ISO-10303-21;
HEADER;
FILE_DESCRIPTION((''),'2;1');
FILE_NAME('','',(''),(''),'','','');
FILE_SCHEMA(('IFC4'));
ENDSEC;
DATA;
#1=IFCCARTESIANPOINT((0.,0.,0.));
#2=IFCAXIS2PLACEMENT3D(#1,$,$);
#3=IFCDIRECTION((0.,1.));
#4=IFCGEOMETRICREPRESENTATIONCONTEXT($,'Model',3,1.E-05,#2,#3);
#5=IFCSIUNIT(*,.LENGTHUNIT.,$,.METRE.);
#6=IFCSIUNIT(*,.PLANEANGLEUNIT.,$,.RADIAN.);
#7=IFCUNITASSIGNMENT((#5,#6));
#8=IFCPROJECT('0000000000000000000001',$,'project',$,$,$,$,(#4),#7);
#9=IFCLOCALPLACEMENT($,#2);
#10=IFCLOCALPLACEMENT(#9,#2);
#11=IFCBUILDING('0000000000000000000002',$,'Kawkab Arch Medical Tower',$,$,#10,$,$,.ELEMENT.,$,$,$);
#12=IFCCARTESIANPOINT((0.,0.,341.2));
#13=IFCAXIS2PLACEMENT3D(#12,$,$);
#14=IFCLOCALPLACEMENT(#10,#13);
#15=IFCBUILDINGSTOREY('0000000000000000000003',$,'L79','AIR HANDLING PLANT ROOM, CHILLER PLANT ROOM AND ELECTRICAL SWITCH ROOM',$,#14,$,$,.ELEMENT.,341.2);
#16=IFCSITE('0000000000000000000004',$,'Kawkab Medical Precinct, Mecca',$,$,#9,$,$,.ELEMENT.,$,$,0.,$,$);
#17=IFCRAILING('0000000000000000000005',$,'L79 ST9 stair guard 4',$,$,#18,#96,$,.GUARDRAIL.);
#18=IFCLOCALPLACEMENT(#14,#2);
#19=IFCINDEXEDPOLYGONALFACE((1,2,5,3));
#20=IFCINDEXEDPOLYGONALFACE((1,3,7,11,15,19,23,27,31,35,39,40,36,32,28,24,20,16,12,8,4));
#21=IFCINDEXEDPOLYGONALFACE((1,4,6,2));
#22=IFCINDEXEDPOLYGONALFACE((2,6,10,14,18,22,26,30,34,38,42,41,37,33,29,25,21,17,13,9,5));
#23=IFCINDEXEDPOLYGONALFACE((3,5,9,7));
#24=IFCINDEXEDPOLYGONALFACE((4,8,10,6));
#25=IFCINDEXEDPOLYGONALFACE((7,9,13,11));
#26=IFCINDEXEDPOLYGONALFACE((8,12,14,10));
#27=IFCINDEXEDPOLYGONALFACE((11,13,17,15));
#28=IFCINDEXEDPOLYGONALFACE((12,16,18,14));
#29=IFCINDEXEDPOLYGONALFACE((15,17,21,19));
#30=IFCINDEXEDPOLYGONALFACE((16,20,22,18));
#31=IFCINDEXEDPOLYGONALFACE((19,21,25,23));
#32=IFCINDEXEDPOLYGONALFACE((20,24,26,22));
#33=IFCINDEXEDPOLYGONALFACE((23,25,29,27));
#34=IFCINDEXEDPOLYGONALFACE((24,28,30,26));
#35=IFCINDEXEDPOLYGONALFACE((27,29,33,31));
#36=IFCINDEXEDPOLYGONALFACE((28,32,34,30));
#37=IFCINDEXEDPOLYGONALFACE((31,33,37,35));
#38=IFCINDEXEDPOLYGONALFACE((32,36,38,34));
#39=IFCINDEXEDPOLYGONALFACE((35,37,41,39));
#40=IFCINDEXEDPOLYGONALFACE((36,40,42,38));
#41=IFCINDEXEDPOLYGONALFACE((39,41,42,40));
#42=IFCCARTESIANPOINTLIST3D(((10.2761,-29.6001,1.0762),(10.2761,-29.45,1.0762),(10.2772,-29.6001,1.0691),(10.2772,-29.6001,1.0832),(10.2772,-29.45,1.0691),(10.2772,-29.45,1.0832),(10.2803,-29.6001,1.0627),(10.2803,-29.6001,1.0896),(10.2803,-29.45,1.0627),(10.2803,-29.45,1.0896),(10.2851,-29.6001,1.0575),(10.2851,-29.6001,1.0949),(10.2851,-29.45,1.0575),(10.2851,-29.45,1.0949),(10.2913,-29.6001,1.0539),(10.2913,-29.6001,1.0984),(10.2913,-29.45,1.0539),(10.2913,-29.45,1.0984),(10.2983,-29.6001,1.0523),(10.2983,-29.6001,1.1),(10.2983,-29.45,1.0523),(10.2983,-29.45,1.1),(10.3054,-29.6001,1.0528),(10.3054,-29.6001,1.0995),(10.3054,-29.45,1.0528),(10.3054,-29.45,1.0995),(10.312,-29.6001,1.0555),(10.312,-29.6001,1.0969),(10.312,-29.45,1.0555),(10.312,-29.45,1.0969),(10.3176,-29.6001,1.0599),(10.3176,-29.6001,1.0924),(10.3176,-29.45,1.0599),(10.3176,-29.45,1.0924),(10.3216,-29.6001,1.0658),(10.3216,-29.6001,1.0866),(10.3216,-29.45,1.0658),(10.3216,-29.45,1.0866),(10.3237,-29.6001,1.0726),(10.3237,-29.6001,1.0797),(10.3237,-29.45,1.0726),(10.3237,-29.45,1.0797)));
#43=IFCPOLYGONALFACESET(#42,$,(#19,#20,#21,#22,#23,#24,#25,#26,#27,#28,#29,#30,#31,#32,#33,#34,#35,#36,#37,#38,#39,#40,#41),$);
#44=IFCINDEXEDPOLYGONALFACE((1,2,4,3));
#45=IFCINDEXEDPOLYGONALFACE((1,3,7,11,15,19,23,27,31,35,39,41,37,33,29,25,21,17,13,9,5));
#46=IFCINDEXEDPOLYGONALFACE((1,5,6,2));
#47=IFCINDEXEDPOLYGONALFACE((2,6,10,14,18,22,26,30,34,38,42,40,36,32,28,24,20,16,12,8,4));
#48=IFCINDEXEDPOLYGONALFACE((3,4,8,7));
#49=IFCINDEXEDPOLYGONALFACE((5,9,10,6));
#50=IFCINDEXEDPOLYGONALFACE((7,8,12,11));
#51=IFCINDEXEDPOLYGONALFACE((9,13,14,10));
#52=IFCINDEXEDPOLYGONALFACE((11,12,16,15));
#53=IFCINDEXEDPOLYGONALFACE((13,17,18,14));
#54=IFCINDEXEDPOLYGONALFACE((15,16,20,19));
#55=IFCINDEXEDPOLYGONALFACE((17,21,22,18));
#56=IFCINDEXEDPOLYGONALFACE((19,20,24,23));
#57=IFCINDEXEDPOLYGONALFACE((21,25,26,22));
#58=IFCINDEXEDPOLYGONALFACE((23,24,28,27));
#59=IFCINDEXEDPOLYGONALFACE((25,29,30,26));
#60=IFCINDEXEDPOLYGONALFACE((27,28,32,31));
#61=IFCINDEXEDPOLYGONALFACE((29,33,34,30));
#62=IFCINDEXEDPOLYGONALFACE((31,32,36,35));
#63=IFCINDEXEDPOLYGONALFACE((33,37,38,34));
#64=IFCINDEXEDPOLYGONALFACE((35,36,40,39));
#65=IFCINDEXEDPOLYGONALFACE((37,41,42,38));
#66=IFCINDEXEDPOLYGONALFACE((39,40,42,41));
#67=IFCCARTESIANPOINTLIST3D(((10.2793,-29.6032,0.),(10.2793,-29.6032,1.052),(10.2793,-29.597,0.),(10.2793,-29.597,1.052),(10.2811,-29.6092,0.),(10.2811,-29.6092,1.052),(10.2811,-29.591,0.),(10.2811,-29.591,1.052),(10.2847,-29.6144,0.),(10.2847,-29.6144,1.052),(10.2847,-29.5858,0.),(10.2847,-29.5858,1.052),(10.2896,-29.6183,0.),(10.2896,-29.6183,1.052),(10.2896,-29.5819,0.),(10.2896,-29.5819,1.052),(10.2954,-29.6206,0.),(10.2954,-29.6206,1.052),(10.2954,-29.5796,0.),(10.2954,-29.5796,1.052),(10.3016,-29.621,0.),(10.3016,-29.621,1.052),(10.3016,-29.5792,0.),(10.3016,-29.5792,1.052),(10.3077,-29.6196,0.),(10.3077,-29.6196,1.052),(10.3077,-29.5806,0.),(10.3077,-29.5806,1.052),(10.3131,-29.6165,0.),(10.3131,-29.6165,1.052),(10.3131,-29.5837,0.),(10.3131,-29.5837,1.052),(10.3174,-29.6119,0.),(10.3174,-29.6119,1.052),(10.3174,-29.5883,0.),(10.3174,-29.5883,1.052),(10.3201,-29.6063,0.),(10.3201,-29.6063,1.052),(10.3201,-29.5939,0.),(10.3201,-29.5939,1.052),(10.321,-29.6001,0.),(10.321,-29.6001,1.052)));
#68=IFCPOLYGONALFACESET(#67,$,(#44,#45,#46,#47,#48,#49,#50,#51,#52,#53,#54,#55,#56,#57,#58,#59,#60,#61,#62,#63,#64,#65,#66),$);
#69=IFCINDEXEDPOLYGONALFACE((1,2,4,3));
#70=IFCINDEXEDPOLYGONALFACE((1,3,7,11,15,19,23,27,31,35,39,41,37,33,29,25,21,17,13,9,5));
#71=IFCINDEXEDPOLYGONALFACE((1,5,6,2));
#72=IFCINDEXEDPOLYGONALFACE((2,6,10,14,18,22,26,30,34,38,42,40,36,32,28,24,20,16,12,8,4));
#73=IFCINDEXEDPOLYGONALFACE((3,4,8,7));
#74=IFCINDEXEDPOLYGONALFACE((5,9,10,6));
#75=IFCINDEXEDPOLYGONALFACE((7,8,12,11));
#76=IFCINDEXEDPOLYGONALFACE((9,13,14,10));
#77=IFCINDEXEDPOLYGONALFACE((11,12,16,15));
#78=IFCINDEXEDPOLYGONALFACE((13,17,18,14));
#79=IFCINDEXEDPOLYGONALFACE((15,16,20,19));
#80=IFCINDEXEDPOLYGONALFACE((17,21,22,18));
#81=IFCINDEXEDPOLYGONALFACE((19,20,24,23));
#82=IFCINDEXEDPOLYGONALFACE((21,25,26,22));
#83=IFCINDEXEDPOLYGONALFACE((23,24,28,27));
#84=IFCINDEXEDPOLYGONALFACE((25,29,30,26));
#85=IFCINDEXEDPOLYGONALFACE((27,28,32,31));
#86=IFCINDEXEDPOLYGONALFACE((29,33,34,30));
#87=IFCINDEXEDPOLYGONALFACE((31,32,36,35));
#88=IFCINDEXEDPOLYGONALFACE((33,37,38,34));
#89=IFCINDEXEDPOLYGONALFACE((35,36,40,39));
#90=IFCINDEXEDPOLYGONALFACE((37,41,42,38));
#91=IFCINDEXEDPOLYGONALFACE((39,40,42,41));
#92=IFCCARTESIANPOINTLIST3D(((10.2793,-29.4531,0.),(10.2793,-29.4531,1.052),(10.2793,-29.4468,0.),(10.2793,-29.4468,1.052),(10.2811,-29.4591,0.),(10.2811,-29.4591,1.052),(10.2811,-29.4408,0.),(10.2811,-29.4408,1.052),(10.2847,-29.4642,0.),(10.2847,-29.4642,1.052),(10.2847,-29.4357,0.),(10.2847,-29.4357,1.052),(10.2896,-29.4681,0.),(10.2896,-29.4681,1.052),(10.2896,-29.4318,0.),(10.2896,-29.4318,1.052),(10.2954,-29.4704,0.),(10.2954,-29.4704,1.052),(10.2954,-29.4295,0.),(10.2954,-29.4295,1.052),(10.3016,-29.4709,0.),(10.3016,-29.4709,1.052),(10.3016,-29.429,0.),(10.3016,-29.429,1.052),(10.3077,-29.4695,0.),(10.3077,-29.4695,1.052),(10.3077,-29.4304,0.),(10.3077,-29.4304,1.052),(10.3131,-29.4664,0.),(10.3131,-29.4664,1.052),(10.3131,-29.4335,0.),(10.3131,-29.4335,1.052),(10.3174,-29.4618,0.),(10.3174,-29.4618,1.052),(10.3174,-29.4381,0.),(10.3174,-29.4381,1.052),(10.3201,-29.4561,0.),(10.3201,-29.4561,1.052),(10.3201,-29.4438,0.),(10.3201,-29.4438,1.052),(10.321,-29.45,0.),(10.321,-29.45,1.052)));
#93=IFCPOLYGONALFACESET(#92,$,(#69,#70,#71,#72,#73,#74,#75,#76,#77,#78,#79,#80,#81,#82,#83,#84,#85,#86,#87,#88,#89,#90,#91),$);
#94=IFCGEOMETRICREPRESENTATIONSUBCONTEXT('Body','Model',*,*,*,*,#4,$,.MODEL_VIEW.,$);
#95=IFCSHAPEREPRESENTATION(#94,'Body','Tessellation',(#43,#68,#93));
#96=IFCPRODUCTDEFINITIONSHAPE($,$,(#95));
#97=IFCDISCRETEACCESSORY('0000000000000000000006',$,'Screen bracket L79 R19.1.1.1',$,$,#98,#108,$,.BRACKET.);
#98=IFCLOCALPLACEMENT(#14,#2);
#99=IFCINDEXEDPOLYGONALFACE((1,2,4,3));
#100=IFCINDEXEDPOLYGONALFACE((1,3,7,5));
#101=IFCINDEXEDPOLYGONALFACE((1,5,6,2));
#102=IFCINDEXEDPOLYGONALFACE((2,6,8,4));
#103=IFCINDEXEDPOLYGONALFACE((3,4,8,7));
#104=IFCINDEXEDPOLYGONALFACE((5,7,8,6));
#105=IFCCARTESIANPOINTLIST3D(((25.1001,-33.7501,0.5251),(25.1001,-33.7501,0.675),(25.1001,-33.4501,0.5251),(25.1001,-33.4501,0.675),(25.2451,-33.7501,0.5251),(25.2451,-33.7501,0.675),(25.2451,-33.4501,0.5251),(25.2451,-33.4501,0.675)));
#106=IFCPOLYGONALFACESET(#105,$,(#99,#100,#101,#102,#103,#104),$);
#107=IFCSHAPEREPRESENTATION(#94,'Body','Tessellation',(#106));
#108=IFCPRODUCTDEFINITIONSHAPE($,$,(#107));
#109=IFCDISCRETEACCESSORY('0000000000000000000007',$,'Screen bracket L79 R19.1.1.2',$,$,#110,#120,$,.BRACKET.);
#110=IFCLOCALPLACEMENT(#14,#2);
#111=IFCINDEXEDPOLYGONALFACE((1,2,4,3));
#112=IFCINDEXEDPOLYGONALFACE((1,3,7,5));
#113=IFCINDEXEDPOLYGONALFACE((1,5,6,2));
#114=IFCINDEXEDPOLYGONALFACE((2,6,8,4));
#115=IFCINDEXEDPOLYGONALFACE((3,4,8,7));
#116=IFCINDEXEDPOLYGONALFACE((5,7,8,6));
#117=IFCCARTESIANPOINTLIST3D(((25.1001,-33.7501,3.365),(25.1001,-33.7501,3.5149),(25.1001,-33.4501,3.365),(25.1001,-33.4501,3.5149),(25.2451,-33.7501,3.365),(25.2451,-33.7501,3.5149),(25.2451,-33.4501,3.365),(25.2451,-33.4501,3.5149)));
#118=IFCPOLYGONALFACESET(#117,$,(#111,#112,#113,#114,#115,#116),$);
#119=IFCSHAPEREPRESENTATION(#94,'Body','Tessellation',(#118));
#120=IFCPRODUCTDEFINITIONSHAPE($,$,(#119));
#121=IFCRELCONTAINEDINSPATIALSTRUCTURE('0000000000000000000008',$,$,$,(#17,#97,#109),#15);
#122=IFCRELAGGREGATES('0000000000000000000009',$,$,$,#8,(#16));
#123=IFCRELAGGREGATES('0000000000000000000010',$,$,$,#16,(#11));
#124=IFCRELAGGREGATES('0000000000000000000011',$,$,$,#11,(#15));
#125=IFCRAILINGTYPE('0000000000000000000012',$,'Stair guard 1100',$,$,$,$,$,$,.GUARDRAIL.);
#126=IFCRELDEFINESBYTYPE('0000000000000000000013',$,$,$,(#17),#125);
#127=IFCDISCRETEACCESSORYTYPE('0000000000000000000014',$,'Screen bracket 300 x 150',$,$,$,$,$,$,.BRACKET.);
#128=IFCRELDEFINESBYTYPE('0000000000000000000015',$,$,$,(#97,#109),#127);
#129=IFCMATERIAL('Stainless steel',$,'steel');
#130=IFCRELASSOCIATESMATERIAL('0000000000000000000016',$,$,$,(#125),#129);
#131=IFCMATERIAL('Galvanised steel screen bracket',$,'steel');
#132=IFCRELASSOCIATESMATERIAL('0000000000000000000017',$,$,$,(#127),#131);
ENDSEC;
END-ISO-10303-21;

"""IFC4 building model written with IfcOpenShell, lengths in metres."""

from ifc_helpers import new_model, si_unit, direction, frame, origin, origin_2d, place, context, subcontext, project, spatial, rectangle, circle, extrude, material, type_object, element, save


model = new_model("IFC4")

# Units and contexts
model_context = context("Model", 3, precision=1e-05, world=origin(), true_north=direction((0.0, 1.0)))
body_context = subcontext(model_context, "Body", "Model", "MODEL_VIEW")
ifc_project = project(units=[si_unit("LENGTHUNIT", "METRE"), si_unit("PLANEANGLEUNIT", "RADIAN")], contexts=[model_context])

# Site, building, storey
site_placement = place(None, origin())
site = spatial("IfcSite", under=ifc_project, at=site_placement, Name="Kawkab Medical Precinct, Mecca", CompositionType="ELEMENT", RefElevation=0.0)
building_placement = place(site_placement, origin())
building = spatial("IfcBuilding", under=site, at=building_placement, Name="Kawkab Arch Medical Tower", CompositionType="ELEMENT")
storey_placement = place(building_placement, frame((0.0, 0.0, 341.2)))
storey = spatial("IfcBuildingStorey", under=building, at=storey_placement, Name="L79", Description="AIR HANDLING PLANT ROOM, CHILLER PLANT ROOM AND ELECTRICAL SWITCH ROOM", CompositionType="ELEMENT", Elevation=341.2)

# Railing
ifc_material_1 = material(Name="Stainless steel", Category="steel")
railing_type = type_object("IfcRailingType", Name="Stair guard 1100", PredefinedType="GUARDRAIL", material=ifc_material_1)
railing_1_placement = place(storey_placement, frame((10.3, -29.6001, 0.0)))
element("IfcRailing", 1, at=railing_1_placement, inside=storey, type_object=railing_type, Name="L79 ST9 stair guard 4", PredefinedType="GUARDRAIL", context=body_context, shape_type="SweptSolid", body=[
    extrude(circle(Radius=0.0239, at=origin_2d()), frame((0.0, 0.0, 1.0762), z_axis=(0.0, 1.0, 0.0), x_axis=(-1.0, 0.0, 0.0)), (0.0, 0.0, 1.0), 0.1501),
    extrude(circle(Radius=0.021, at=origin_2d()), origin(), (0.0, 0.0, 1.0), 1.052),
    extrude(circle(Radius=0.021, at=origin_2d()), frame((0.0, 0.1501, 0.0)), (0.0, 0.0, 1.0), 1.052),
])

# Discrete accessories
ifc_material_2 = material(Name="Galvanised steel screen bracket", Category="steel")
discrete_accessory_type = type_object("IfcDiscreteAccessoryType", Name="Screen bracket 300 x 150", PredefinedType="BRACKET", material=ifc_material_2)
for number, where, z_axis, x_axis, name in (
    (2, (25.1726, -33.6001, 0.5251), (0.0, 0.0, 1.0), (0.0, 1.0, 0.0), "Screen bracket L79 R19.1.1.1"),
    (3, (25.1726, -33.6001, 3.365), (0.0, 0.0, 1.0), (0.0, 1.0, 0.0), "Screen bracket L79 R19.1.1.2"),
):
    element("IfcDiscreteAccessory", number, at=place(storey_placement, frame(where, z_axis=z_axis, x_axis=x_axis)), inside=storey, type_object=discrete_accessory_type, Name=name, PredefinedType="BRACKET", context=body_context, shape_type="SweptSolid", body=[
        extrude(rectangle(XDim=0.3, YDim=0.145, at=origin_2d()), origin(), (0.0, 0.0, 1.0), 0.1499),
    ])

save(model, "model.ifc")
